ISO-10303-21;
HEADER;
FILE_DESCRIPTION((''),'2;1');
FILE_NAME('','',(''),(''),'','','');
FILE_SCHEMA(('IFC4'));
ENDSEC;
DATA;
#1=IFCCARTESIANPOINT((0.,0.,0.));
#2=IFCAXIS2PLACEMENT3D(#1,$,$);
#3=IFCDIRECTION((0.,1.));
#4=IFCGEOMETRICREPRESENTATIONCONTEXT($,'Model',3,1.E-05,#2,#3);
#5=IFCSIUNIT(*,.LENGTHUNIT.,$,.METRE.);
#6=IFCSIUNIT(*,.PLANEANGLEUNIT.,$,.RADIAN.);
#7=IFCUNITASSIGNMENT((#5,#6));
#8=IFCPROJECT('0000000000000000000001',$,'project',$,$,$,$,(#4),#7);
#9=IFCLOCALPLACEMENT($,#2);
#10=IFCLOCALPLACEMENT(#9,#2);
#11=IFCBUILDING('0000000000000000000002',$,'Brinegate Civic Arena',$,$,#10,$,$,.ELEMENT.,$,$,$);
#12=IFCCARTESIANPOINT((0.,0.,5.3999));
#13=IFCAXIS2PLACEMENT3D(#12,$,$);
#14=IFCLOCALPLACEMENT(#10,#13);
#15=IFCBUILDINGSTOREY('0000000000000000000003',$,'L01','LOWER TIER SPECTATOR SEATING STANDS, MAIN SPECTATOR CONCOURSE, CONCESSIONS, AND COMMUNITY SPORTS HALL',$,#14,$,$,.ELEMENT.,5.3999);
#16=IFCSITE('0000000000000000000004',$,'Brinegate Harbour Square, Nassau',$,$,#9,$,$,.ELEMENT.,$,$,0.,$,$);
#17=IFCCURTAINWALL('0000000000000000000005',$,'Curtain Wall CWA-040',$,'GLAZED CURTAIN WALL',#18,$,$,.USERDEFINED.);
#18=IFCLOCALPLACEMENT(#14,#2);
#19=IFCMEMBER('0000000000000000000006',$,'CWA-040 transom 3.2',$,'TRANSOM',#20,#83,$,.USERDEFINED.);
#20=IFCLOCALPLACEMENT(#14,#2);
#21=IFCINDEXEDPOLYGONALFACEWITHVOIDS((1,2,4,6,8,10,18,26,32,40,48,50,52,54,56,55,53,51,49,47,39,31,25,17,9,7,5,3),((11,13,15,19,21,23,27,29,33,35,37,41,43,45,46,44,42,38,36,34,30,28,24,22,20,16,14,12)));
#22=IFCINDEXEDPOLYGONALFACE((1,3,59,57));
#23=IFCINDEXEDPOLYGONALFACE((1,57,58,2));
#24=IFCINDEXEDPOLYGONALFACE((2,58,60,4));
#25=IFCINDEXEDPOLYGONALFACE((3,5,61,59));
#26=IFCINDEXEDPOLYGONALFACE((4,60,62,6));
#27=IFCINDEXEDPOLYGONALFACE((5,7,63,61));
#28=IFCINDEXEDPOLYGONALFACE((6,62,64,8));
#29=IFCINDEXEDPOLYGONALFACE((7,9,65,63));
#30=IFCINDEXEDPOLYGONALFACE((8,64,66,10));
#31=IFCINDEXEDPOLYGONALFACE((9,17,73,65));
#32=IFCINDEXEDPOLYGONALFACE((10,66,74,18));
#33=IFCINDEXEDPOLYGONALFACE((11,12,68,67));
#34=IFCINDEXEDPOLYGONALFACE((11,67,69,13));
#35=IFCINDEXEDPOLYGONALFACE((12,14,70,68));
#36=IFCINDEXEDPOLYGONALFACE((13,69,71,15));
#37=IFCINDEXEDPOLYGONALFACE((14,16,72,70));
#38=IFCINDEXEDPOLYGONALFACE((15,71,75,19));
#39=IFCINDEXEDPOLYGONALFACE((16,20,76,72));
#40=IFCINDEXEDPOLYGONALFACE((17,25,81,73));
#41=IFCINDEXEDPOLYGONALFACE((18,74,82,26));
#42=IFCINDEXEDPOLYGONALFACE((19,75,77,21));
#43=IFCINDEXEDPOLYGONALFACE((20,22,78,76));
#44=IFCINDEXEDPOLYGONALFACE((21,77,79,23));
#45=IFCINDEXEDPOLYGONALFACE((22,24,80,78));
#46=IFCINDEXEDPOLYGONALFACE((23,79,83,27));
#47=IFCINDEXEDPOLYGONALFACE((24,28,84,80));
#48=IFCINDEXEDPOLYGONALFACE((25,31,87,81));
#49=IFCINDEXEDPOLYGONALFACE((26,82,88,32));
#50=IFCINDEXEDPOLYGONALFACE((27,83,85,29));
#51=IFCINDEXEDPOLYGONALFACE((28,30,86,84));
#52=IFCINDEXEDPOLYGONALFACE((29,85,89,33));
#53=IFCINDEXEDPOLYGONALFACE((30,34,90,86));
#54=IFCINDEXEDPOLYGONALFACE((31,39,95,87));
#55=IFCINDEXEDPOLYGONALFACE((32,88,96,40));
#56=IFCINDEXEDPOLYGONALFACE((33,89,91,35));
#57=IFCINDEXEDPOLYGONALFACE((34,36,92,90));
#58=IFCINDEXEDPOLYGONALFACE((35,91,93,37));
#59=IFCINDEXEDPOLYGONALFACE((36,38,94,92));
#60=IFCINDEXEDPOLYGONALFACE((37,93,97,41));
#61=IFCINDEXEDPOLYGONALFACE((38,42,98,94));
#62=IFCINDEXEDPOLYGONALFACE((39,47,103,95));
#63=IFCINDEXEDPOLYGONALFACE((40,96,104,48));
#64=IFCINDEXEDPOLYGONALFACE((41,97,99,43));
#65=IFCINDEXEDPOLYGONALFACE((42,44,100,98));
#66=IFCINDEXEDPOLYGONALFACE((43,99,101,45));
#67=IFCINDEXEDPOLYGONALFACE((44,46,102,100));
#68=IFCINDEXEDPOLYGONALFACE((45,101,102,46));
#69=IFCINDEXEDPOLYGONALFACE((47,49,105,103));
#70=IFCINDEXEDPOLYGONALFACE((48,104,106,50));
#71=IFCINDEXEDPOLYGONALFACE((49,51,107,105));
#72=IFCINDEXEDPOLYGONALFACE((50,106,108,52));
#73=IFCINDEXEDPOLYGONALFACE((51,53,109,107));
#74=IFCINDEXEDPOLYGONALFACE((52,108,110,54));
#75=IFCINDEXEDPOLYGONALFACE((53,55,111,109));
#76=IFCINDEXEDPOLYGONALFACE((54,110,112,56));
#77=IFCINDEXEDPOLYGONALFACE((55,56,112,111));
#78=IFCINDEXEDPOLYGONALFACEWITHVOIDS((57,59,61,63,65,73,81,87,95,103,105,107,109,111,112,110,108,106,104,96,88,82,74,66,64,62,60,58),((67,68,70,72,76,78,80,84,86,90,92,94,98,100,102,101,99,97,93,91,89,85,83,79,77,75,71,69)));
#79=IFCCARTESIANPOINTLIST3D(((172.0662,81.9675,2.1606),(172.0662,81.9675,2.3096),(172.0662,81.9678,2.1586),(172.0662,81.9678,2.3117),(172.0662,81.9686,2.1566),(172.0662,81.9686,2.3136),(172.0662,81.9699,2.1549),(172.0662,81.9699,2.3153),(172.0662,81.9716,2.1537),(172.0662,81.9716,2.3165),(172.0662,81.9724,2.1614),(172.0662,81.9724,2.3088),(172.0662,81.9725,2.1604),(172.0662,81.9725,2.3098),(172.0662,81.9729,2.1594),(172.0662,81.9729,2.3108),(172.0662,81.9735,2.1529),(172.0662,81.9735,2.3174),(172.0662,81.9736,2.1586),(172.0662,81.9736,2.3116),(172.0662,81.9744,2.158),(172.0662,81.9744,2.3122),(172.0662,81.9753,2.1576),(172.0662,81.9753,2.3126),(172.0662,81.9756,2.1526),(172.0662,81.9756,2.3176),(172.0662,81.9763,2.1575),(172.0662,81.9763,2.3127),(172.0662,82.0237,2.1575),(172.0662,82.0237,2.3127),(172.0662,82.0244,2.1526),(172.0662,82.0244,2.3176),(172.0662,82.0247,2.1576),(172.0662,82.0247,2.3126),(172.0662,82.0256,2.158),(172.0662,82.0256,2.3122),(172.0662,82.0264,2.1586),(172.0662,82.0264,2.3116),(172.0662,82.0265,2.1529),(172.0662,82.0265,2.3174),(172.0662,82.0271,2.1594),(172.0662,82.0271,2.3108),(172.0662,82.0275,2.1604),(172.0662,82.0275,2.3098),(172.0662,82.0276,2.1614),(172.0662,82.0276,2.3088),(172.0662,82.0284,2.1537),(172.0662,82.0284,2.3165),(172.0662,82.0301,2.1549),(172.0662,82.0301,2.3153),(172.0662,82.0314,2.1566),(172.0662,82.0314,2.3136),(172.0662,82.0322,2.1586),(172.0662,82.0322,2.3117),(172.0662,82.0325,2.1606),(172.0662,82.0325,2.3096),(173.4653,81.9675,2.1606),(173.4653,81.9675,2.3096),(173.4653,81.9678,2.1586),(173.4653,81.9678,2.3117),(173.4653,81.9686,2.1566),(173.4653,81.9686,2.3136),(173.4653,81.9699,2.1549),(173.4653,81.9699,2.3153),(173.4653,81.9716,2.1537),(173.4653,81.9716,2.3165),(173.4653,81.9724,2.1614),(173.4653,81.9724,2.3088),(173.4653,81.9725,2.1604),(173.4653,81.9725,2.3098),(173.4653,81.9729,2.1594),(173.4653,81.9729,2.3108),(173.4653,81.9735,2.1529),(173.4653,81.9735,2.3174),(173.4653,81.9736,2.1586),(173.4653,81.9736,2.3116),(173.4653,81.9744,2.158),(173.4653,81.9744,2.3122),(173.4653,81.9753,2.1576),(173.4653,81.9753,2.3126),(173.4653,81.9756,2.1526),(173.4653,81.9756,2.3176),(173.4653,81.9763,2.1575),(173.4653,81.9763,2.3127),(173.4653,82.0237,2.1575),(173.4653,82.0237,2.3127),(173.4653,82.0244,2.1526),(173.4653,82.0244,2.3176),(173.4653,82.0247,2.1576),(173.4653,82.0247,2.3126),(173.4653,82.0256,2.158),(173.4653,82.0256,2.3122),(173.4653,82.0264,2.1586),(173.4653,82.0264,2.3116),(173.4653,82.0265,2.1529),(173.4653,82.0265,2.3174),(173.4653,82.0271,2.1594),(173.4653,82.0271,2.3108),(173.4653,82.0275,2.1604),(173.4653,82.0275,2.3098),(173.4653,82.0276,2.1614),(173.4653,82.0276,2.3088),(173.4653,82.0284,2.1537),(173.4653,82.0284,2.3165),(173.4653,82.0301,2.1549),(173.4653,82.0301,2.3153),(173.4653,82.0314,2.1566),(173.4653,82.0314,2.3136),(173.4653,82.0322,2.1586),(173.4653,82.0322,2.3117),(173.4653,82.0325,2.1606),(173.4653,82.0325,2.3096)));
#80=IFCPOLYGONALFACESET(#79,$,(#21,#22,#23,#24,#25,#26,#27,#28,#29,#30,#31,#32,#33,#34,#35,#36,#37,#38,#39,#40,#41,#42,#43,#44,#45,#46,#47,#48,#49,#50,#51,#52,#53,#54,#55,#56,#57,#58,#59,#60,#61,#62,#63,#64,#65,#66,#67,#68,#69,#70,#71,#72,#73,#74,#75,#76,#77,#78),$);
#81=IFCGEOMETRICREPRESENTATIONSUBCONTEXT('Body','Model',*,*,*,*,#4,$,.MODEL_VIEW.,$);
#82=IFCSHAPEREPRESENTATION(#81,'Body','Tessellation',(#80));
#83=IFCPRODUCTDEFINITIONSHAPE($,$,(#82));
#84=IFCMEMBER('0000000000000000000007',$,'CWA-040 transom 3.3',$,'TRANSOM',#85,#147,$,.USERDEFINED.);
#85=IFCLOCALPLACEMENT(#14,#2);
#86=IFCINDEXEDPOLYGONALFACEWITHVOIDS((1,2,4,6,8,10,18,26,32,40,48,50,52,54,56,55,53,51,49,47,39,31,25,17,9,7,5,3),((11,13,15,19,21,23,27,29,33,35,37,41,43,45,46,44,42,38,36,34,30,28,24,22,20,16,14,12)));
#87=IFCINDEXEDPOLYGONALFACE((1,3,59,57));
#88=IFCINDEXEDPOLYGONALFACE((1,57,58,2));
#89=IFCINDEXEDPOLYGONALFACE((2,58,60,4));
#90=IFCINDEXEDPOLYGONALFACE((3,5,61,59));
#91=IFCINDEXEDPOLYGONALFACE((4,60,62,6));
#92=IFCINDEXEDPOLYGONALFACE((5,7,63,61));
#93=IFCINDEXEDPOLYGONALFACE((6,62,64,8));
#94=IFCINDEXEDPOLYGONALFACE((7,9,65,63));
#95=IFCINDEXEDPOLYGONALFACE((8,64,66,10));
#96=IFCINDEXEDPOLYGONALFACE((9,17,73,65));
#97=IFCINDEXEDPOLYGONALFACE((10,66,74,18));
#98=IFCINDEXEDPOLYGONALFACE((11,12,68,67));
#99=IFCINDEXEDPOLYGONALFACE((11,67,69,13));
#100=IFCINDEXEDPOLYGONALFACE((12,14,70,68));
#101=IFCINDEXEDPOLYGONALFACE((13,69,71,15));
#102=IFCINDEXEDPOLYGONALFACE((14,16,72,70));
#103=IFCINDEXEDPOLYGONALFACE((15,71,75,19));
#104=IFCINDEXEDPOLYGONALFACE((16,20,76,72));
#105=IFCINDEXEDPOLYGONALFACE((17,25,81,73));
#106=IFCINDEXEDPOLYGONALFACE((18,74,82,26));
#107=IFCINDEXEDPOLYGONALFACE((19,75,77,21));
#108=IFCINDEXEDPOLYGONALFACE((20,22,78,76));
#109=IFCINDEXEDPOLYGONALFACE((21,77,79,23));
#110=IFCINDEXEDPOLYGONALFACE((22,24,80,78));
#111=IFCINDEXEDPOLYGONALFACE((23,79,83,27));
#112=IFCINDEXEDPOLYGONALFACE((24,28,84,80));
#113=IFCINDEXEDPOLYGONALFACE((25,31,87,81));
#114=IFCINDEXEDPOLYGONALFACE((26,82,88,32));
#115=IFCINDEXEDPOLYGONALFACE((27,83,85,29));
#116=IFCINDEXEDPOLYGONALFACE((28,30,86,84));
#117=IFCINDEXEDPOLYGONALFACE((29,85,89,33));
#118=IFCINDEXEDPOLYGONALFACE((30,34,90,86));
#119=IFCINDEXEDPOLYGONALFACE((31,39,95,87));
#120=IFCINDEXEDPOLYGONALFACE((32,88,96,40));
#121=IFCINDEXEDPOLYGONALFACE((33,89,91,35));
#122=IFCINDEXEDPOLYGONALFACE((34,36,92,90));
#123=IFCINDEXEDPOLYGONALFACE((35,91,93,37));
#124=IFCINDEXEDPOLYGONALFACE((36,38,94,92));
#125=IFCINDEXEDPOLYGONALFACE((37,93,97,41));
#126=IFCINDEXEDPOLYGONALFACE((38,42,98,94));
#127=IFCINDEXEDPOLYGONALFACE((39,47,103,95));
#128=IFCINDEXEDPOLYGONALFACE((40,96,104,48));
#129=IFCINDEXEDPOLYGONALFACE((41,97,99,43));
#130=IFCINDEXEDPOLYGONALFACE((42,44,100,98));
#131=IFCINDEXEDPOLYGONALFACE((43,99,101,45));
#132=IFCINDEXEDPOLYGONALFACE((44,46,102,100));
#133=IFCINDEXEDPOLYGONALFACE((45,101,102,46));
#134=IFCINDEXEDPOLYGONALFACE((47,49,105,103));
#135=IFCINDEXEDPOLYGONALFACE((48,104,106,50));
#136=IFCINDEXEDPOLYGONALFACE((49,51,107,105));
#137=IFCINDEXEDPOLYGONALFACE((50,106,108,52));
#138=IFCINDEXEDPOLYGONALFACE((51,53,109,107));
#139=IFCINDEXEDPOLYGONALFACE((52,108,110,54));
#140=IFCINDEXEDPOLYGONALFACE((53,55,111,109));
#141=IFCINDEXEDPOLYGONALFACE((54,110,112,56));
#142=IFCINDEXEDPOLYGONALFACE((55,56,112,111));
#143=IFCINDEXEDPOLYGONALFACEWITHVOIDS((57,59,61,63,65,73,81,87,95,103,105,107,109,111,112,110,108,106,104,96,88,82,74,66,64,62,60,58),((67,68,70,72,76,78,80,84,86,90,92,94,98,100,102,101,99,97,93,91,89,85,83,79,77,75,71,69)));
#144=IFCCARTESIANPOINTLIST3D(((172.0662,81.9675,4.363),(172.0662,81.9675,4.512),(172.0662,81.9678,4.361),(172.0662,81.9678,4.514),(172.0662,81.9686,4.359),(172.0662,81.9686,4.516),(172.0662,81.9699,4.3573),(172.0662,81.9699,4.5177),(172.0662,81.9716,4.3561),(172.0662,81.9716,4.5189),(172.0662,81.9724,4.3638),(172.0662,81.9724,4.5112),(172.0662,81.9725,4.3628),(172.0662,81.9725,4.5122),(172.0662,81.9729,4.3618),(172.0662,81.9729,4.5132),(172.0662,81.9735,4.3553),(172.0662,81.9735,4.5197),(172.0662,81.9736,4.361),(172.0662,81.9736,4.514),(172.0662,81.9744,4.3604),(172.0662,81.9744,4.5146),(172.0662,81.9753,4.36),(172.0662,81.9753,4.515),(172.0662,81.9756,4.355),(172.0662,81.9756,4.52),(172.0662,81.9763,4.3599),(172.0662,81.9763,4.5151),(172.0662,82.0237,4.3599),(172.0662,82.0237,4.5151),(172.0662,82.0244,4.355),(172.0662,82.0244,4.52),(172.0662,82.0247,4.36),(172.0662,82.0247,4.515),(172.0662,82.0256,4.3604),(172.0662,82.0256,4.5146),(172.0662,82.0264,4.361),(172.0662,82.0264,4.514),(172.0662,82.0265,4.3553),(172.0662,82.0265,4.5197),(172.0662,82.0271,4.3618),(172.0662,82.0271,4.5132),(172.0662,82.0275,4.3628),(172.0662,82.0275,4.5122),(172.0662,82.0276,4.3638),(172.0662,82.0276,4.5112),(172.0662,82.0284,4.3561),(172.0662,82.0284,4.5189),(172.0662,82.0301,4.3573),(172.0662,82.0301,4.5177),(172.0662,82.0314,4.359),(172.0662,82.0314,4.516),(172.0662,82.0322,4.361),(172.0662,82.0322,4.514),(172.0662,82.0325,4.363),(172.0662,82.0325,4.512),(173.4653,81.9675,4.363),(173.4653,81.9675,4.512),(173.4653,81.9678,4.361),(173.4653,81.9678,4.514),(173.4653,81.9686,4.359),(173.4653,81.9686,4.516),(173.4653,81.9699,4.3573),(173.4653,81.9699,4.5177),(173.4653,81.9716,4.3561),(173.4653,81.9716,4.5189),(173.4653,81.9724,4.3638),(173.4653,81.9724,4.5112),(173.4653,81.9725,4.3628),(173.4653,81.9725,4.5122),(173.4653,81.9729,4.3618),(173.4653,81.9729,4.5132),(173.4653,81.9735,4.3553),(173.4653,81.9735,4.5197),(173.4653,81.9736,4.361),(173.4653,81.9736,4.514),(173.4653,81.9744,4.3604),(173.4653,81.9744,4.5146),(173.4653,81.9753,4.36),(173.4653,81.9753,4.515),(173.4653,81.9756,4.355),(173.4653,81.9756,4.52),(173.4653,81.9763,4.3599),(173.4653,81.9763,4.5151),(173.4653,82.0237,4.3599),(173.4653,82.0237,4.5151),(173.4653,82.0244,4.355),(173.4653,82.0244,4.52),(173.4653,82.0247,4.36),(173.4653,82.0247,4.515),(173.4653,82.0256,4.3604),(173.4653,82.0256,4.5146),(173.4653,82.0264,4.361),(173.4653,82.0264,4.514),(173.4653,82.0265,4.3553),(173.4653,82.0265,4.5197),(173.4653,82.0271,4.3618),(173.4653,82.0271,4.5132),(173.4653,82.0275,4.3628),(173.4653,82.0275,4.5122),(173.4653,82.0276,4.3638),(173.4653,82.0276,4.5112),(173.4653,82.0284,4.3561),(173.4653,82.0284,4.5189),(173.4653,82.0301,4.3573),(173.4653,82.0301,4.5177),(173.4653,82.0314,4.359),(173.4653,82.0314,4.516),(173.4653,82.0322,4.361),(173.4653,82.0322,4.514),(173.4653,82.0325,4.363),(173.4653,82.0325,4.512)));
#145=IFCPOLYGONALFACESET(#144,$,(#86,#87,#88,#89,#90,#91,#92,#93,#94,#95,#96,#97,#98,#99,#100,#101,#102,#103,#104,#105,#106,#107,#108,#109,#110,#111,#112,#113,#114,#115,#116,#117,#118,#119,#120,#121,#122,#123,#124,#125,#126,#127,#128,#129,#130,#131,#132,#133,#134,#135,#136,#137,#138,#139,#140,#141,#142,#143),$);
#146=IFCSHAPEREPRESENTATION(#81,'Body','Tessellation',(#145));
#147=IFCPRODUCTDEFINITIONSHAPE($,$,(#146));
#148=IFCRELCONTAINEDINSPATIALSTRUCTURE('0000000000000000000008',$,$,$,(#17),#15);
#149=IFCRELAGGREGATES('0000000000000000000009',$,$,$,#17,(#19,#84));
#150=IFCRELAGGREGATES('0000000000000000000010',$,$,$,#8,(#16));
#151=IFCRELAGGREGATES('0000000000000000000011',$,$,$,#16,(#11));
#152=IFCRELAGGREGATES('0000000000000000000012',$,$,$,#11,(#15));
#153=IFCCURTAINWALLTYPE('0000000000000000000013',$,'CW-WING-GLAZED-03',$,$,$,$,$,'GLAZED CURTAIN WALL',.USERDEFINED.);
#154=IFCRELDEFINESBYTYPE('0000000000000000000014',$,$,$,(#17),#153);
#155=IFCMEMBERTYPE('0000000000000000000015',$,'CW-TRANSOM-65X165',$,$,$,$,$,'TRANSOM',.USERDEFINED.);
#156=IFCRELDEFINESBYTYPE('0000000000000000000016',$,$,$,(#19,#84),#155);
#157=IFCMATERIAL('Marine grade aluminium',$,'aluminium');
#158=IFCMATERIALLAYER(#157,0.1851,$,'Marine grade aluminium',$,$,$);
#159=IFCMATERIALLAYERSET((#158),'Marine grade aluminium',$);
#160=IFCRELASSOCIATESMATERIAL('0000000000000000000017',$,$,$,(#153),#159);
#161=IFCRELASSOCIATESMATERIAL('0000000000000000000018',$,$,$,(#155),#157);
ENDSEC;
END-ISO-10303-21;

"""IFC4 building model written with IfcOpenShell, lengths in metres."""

from ifc_helpers import new_model, si_unit, direction, frame, origin, origin_2d, place, context, subcontext, project, spatial, hollow_rectangle, extrude, material, layer, layer_set, material_profile, profile_set, type_object, element, aggregate, save


model = new_model("IFC4")

# Units and contexts
model_context = context("Model", 3, precision=1e-05, world=origin(), true_north=direction((0.0, 1.0)))
body_context = subcontext(model_context, "Body", "Model", "MODEL_VIEW")
ifc_project = project(units=[si_unit("LENGTHUNIT", "METRE"), si_unit("PLANEANGLEUNIT", "RADIAN")], contexts=[model_context])

# Site, building, storey
site_placement = place(None, origin())
site = spatial("IfcSite", under=ifc_project, at=site_placement, Name="Brinegate Harbour Square, Nassau", CompositionType="ELEMENT", RefElevation=0.0)
building_placement = place(site_placement, origin())
building = spatial("IfcBuilding", under=site, at=building_placement, Name="Brinegate Civic Arena", CompositionType="ELEMENT")
storey_placement = place(building_placement, frame((0.0, 0.0, 5.3999)))
storey = spatial("IfcBuildingStorey", under=building, at=storey_placement, Name="L01", Description="LOWER TIER SPECTATOR SEATING STANDS, MAIN SPECTATOR CONCOURSE, CONCESSIONS, AND COMMUNITY SPORTS HALL", CompositionType="ELEMENT", Elevation=5.3999)

# Curtain wall, members
ifc_material_1 = material(Name="Marine grade aluminium", Category="aluminium")
ifc_layer_1 = layer(ifc_material_1, 0.1851, Name="Marine grade aluminium")
ifc_layer_set_1 = layer_set([ifc_layer_1], Name="Marine grade aluminium")
curtain_wall_type = type_object("IfcCurtainWallType", Name="CW-WING-GLAZED-03", ElementType="GLAZED CURTAIN WALL", PredefinedType="USERDEFINED", material=ifc_layer_set_1)
curtain_wall_placement = place(storey_placement, origin())
curtain_wall = element("IfcCurtainWall", 1, at=curtain_wall_placement, inside=storey, type_object=curtain_wall_type, Name="Curtain Wall CWA-040", ObjectType="GLAZED CURTAIN WALL", PredefinedType="USERDEFINED")
ifc_material_profile_1 = material_profile(ifc_material_1, hollow_rectangle(XDim=0.0649, YDim=0.165, WallThickness=0.0049, InnerFilletRadius=0.0039, OuterFilletRadius=0.0081, at=origin_2d()), Name="TRN65X165")
ifc_profile_set_1 = profile_set([ifc_material_profile_1], Name="Marine grade aluminium")
member_type_1 = type_object("IfcMemberType", Name="CW-TRANSOM-65X165", ElementType="TRANSOM", PredefinedType="USERDEFINED", material=ifc_profile_set_1)
member_1_placement = place(storey_placement, frame((172.0662, 82.0, 2.2351), z_axis=(1.0, 0.0, 0.0), x_axis=(0.0, 1.0, 0.0)))
member_1 = element("IfcMember", 2, at=member_1_placement, type_object=member_type_1, Name="CWA-040 transom 3.2", ObjectType="TRANSOM", PredefinedType="USERDEFINED", context=body_context, shape_type="SweptSolid", body=[
    extrude(hollow_rectangle(XDim=0.0649, YDim=0.165, WallThickness=0.0049, InnerFilletRadius=0.0039, OuterFilletRadius=0.0081, at=origin_2d()), origin(), (0.0, 0.0, 1.0), 1.3992),
])
member_2_placement = place(storey_placement, frame((172.0662, 82.0, 4.4375), z_axis=(1.0, 0.0, 0.0), x_axis=(0.0, 1.0, 0.0)))
member_2 = element("IfcMember", 3, at=member_2_placement, type_object=member_type_1, Name="CWA-040 transom 3.3", ObjectType="TRANSOM", PredefinedType="USERDEFINED", context=body_context, shape_type="SweptSolid", body=[
    extrude(hollow_rectangle(XDim=0.0649, YDim=0.165, WallThickness=0.0049, InnerFilletRadius=0.0039, OuterFilletRadius=0.0081, at=origin_2d()), origin(), (0.0, 0.0, 1.0), 1.3992),
])
aggregate(curtain_wall, [member_1, member_2])

save(model, "model.ifc")
